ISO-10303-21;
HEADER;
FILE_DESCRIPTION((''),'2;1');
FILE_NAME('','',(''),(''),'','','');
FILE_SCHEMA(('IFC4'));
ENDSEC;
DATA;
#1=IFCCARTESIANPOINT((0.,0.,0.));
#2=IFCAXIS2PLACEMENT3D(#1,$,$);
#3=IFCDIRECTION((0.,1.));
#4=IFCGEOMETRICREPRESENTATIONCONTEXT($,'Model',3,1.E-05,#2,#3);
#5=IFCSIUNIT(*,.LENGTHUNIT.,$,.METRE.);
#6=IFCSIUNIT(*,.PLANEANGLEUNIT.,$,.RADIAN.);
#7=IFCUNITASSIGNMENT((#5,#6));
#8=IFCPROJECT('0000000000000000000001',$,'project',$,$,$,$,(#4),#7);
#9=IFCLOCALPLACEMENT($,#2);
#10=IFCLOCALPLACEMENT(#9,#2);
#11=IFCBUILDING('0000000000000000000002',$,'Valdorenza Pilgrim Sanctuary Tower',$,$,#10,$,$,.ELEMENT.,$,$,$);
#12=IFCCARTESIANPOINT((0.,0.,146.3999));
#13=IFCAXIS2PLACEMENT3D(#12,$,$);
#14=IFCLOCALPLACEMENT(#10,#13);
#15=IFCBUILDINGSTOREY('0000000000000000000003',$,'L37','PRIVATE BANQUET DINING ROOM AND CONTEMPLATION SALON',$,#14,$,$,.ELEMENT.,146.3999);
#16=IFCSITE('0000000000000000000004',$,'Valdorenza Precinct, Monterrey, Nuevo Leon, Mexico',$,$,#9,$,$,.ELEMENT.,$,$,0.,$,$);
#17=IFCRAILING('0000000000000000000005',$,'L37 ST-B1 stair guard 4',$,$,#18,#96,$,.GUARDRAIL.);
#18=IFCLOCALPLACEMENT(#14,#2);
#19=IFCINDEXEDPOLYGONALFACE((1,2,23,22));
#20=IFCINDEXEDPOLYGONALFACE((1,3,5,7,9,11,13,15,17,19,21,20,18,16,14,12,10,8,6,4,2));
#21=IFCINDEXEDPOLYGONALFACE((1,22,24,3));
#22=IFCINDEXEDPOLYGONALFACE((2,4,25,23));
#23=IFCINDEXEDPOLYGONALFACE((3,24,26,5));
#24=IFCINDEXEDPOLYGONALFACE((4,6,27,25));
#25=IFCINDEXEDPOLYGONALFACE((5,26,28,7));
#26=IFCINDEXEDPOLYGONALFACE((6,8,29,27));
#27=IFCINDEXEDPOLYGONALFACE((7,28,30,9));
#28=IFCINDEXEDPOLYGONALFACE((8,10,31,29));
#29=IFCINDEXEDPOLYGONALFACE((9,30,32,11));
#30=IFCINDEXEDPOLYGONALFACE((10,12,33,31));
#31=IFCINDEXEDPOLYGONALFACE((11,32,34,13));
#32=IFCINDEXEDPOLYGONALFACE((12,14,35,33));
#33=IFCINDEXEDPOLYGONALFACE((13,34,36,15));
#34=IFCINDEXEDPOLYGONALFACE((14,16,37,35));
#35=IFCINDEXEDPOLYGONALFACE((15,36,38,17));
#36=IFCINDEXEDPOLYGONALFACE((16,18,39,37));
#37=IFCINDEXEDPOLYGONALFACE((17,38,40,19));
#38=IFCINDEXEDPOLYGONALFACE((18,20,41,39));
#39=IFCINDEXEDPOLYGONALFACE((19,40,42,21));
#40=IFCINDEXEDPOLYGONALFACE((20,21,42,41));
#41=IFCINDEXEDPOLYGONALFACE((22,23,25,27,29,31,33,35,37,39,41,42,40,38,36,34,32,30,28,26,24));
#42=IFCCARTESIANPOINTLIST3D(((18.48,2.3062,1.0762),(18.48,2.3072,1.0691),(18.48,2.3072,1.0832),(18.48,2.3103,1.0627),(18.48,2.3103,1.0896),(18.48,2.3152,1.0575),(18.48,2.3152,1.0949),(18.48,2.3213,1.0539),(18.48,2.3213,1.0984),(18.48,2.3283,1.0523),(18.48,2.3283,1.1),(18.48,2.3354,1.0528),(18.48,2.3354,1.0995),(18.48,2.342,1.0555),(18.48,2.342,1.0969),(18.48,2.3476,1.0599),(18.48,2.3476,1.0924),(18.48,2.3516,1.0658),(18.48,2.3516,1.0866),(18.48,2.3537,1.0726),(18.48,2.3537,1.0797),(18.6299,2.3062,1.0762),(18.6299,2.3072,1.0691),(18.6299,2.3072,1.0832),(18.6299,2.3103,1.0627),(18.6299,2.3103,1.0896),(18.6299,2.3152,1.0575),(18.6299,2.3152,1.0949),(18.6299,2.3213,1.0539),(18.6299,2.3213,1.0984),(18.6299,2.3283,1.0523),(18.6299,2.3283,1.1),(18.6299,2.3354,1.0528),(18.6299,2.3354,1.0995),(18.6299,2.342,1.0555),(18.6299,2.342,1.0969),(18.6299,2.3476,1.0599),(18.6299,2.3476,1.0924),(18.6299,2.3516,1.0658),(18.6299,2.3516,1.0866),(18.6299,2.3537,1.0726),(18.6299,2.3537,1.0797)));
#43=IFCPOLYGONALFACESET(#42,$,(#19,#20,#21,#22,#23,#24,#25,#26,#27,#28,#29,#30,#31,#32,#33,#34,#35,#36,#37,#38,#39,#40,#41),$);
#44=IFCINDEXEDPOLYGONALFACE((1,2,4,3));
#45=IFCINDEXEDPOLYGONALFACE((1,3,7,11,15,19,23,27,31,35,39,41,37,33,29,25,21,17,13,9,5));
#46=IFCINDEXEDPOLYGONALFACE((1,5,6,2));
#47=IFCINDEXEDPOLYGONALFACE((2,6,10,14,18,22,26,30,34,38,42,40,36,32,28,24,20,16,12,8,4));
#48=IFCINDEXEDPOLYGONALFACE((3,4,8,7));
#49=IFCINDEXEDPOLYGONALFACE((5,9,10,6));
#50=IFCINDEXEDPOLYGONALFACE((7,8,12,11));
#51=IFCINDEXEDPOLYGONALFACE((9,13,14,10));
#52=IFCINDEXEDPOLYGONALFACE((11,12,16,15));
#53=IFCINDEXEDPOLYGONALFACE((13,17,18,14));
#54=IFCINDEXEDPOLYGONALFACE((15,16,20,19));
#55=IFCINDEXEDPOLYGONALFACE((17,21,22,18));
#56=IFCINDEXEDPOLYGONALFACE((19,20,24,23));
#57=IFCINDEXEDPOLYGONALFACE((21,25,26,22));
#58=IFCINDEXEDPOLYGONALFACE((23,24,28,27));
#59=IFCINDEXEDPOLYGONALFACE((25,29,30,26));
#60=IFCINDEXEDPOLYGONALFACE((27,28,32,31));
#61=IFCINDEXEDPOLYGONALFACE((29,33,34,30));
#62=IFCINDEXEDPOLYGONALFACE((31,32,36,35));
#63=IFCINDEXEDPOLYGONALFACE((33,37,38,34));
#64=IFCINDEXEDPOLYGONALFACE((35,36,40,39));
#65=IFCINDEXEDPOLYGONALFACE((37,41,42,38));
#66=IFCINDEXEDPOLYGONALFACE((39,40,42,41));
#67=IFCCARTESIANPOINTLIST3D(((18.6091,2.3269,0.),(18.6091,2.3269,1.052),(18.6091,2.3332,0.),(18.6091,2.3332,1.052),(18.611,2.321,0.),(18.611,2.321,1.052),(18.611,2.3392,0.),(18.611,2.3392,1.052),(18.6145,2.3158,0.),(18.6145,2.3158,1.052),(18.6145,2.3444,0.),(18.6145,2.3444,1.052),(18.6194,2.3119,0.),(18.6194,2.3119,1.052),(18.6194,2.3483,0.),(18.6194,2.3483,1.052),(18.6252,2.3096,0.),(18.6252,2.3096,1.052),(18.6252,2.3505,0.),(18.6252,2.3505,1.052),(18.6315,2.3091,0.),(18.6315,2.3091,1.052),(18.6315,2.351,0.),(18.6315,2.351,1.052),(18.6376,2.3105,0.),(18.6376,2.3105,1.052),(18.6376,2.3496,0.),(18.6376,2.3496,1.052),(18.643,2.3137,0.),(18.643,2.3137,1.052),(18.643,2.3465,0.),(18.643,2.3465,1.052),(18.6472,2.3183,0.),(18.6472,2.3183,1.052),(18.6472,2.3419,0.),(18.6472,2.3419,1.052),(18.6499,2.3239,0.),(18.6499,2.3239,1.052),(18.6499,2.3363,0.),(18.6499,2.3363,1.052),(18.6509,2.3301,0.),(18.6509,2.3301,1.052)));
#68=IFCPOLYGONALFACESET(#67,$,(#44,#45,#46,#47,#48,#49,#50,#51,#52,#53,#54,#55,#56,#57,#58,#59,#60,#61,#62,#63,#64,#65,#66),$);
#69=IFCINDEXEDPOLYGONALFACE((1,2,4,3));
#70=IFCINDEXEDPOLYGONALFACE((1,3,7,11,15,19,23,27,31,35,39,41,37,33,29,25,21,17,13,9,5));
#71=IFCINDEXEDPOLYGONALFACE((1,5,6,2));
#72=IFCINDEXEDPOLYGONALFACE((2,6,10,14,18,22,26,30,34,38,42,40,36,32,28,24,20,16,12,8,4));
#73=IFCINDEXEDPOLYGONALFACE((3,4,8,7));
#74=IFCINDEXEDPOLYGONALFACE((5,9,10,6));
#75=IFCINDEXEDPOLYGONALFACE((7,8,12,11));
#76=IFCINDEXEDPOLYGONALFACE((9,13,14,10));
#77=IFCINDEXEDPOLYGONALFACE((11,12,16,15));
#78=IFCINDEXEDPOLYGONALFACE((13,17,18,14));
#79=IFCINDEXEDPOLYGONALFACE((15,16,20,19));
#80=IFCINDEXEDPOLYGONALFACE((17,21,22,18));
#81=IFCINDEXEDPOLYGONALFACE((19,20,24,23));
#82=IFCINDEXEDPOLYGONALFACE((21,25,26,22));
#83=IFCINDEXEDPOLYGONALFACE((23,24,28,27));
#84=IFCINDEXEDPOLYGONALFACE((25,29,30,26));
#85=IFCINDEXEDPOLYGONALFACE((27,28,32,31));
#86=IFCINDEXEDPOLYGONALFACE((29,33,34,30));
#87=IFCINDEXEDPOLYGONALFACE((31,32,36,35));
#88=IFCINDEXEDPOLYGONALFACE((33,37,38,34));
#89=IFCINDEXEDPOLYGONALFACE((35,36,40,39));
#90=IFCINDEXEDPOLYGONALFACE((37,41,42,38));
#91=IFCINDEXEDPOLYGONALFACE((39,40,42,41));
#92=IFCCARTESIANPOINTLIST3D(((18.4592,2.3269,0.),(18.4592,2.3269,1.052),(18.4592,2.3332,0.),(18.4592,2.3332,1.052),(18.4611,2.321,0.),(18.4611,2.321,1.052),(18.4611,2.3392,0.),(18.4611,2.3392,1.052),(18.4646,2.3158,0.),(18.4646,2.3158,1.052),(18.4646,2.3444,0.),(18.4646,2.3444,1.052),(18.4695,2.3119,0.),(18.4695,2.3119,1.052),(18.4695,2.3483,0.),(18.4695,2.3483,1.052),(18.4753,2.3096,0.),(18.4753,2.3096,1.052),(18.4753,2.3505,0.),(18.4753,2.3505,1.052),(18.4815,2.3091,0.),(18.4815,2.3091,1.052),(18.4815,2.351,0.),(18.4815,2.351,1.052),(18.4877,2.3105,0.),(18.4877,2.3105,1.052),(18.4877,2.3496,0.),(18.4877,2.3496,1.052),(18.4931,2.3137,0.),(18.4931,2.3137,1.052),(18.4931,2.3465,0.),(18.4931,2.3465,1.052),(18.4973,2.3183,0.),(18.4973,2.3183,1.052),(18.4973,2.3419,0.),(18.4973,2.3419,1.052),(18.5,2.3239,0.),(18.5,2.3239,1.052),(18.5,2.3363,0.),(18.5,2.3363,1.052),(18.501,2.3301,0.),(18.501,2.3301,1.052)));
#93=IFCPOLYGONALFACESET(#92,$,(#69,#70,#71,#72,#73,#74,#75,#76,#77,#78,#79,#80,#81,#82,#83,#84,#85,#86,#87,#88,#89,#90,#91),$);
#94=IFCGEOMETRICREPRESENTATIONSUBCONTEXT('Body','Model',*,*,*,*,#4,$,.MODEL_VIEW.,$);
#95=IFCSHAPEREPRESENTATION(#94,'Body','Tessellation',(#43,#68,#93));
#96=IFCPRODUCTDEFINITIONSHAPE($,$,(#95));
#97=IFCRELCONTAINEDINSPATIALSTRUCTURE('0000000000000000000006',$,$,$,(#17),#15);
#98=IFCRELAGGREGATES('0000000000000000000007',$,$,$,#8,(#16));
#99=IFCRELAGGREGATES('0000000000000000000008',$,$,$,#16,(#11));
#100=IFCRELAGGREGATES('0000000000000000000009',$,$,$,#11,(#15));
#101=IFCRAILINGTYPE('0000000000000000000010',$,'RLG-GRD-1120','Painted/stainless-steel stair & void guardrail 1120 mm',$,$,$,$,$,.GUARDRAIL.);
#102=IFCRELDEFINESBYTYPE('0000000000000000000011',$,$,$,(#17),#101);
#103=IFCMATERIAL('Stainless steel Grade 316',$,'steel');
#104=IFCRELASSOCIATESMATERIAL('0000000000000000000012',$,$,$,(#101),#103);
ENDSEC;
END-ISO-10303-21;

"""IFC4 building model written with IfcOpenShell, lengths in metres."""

from ifc_helpers import new_model, si_unit, direction, frame, origin, origin_2d, place, context, subcontext, project, spatial, circle, extrude, material, type_object, element, save


model = new_model("IFC4")

# Units and contexts
model_context = context("Model", 3, precision=1e-05, world=origin(), true_north=direction((0.0, 1.0)))
body_context = subcontext(model_context, "Body", "Model", "MODEL_VIEW")
ifc_project = project(units=[si_unit("LENGTHUNIT", "METRE"), si_unit("PLANEANGLEUNIT", "RADIAN")], contexts=[model_context])

# Site, building, storey
site_placement = place(None, origin())
site = spatial("IfcSite", under=ifc_project, at=site_placement, Name="Valdorenza Precinct, Monterrey, Nuevo Leon, Mexico", CompositionType="ELEMENT", RefElevation=0.0)
building_placement = place(site_placement, origin())
building = spatial("IfcBuilding", under=site, at=building_placement, Name="Valdorenza Pilgrim Sanctuary Tower", CompositionType="ELEMENT")
storey_placement = place(building_placement, frame((0.0, 0.0, 146.3999)))
storey = spatial("IfcBuildingStorey", under=building, at=storey_placement, Name="L37", Description="PRIVATE BANQUET DINING ROOM AND CONTEMPLATION SALON", CompositionType="ELEMENT", Elevation=146.3999)

# Railing
ifc_material_1 = material(Name="Stainless steel Grade 316", Category="steel")
railing_type_1 = type_object("IfcRailingType", Name="RLG-GRD-1120", Description="Painted/stainless-steel stair & void guardrail 1120 mm", PredefinedType="GUARDRAIL", material=ifc_material_1)
railing_1_placement = place(storey_placement, frame((18.6299, 2.3301, 0.0)))
element("IfcRailing", 1, at=railing_1_placement, inside=storey, type_object=railing_type_1, Name="L37 ST-B1 stair guard 4", PredefinedType="GUARDRAIL", context=body_context, shape_type="SweptSolid", body=[
    extrude(circle(Radius=0.0239, at=origin_2d()), frame((0.0, 0.0, 1.0762), z_axis=(-1.0, 0.0, 0.0), x_axis=(0.0, -1.0, 0.0)), (0.0, 0.0, 1.0), 0.1499),
    extrude(circle(Radius=0.021, at=origin_2d()), origin(), (0.0, 0.0, 1.0), 1.052),
    extrude(circle(Radius=0.021, at=origin_2d()), frame((-0.1499, 0.0, 0.0)), (0.0, 0.0, 1.0), 1.052),
])

save(model, "model.ifc")
